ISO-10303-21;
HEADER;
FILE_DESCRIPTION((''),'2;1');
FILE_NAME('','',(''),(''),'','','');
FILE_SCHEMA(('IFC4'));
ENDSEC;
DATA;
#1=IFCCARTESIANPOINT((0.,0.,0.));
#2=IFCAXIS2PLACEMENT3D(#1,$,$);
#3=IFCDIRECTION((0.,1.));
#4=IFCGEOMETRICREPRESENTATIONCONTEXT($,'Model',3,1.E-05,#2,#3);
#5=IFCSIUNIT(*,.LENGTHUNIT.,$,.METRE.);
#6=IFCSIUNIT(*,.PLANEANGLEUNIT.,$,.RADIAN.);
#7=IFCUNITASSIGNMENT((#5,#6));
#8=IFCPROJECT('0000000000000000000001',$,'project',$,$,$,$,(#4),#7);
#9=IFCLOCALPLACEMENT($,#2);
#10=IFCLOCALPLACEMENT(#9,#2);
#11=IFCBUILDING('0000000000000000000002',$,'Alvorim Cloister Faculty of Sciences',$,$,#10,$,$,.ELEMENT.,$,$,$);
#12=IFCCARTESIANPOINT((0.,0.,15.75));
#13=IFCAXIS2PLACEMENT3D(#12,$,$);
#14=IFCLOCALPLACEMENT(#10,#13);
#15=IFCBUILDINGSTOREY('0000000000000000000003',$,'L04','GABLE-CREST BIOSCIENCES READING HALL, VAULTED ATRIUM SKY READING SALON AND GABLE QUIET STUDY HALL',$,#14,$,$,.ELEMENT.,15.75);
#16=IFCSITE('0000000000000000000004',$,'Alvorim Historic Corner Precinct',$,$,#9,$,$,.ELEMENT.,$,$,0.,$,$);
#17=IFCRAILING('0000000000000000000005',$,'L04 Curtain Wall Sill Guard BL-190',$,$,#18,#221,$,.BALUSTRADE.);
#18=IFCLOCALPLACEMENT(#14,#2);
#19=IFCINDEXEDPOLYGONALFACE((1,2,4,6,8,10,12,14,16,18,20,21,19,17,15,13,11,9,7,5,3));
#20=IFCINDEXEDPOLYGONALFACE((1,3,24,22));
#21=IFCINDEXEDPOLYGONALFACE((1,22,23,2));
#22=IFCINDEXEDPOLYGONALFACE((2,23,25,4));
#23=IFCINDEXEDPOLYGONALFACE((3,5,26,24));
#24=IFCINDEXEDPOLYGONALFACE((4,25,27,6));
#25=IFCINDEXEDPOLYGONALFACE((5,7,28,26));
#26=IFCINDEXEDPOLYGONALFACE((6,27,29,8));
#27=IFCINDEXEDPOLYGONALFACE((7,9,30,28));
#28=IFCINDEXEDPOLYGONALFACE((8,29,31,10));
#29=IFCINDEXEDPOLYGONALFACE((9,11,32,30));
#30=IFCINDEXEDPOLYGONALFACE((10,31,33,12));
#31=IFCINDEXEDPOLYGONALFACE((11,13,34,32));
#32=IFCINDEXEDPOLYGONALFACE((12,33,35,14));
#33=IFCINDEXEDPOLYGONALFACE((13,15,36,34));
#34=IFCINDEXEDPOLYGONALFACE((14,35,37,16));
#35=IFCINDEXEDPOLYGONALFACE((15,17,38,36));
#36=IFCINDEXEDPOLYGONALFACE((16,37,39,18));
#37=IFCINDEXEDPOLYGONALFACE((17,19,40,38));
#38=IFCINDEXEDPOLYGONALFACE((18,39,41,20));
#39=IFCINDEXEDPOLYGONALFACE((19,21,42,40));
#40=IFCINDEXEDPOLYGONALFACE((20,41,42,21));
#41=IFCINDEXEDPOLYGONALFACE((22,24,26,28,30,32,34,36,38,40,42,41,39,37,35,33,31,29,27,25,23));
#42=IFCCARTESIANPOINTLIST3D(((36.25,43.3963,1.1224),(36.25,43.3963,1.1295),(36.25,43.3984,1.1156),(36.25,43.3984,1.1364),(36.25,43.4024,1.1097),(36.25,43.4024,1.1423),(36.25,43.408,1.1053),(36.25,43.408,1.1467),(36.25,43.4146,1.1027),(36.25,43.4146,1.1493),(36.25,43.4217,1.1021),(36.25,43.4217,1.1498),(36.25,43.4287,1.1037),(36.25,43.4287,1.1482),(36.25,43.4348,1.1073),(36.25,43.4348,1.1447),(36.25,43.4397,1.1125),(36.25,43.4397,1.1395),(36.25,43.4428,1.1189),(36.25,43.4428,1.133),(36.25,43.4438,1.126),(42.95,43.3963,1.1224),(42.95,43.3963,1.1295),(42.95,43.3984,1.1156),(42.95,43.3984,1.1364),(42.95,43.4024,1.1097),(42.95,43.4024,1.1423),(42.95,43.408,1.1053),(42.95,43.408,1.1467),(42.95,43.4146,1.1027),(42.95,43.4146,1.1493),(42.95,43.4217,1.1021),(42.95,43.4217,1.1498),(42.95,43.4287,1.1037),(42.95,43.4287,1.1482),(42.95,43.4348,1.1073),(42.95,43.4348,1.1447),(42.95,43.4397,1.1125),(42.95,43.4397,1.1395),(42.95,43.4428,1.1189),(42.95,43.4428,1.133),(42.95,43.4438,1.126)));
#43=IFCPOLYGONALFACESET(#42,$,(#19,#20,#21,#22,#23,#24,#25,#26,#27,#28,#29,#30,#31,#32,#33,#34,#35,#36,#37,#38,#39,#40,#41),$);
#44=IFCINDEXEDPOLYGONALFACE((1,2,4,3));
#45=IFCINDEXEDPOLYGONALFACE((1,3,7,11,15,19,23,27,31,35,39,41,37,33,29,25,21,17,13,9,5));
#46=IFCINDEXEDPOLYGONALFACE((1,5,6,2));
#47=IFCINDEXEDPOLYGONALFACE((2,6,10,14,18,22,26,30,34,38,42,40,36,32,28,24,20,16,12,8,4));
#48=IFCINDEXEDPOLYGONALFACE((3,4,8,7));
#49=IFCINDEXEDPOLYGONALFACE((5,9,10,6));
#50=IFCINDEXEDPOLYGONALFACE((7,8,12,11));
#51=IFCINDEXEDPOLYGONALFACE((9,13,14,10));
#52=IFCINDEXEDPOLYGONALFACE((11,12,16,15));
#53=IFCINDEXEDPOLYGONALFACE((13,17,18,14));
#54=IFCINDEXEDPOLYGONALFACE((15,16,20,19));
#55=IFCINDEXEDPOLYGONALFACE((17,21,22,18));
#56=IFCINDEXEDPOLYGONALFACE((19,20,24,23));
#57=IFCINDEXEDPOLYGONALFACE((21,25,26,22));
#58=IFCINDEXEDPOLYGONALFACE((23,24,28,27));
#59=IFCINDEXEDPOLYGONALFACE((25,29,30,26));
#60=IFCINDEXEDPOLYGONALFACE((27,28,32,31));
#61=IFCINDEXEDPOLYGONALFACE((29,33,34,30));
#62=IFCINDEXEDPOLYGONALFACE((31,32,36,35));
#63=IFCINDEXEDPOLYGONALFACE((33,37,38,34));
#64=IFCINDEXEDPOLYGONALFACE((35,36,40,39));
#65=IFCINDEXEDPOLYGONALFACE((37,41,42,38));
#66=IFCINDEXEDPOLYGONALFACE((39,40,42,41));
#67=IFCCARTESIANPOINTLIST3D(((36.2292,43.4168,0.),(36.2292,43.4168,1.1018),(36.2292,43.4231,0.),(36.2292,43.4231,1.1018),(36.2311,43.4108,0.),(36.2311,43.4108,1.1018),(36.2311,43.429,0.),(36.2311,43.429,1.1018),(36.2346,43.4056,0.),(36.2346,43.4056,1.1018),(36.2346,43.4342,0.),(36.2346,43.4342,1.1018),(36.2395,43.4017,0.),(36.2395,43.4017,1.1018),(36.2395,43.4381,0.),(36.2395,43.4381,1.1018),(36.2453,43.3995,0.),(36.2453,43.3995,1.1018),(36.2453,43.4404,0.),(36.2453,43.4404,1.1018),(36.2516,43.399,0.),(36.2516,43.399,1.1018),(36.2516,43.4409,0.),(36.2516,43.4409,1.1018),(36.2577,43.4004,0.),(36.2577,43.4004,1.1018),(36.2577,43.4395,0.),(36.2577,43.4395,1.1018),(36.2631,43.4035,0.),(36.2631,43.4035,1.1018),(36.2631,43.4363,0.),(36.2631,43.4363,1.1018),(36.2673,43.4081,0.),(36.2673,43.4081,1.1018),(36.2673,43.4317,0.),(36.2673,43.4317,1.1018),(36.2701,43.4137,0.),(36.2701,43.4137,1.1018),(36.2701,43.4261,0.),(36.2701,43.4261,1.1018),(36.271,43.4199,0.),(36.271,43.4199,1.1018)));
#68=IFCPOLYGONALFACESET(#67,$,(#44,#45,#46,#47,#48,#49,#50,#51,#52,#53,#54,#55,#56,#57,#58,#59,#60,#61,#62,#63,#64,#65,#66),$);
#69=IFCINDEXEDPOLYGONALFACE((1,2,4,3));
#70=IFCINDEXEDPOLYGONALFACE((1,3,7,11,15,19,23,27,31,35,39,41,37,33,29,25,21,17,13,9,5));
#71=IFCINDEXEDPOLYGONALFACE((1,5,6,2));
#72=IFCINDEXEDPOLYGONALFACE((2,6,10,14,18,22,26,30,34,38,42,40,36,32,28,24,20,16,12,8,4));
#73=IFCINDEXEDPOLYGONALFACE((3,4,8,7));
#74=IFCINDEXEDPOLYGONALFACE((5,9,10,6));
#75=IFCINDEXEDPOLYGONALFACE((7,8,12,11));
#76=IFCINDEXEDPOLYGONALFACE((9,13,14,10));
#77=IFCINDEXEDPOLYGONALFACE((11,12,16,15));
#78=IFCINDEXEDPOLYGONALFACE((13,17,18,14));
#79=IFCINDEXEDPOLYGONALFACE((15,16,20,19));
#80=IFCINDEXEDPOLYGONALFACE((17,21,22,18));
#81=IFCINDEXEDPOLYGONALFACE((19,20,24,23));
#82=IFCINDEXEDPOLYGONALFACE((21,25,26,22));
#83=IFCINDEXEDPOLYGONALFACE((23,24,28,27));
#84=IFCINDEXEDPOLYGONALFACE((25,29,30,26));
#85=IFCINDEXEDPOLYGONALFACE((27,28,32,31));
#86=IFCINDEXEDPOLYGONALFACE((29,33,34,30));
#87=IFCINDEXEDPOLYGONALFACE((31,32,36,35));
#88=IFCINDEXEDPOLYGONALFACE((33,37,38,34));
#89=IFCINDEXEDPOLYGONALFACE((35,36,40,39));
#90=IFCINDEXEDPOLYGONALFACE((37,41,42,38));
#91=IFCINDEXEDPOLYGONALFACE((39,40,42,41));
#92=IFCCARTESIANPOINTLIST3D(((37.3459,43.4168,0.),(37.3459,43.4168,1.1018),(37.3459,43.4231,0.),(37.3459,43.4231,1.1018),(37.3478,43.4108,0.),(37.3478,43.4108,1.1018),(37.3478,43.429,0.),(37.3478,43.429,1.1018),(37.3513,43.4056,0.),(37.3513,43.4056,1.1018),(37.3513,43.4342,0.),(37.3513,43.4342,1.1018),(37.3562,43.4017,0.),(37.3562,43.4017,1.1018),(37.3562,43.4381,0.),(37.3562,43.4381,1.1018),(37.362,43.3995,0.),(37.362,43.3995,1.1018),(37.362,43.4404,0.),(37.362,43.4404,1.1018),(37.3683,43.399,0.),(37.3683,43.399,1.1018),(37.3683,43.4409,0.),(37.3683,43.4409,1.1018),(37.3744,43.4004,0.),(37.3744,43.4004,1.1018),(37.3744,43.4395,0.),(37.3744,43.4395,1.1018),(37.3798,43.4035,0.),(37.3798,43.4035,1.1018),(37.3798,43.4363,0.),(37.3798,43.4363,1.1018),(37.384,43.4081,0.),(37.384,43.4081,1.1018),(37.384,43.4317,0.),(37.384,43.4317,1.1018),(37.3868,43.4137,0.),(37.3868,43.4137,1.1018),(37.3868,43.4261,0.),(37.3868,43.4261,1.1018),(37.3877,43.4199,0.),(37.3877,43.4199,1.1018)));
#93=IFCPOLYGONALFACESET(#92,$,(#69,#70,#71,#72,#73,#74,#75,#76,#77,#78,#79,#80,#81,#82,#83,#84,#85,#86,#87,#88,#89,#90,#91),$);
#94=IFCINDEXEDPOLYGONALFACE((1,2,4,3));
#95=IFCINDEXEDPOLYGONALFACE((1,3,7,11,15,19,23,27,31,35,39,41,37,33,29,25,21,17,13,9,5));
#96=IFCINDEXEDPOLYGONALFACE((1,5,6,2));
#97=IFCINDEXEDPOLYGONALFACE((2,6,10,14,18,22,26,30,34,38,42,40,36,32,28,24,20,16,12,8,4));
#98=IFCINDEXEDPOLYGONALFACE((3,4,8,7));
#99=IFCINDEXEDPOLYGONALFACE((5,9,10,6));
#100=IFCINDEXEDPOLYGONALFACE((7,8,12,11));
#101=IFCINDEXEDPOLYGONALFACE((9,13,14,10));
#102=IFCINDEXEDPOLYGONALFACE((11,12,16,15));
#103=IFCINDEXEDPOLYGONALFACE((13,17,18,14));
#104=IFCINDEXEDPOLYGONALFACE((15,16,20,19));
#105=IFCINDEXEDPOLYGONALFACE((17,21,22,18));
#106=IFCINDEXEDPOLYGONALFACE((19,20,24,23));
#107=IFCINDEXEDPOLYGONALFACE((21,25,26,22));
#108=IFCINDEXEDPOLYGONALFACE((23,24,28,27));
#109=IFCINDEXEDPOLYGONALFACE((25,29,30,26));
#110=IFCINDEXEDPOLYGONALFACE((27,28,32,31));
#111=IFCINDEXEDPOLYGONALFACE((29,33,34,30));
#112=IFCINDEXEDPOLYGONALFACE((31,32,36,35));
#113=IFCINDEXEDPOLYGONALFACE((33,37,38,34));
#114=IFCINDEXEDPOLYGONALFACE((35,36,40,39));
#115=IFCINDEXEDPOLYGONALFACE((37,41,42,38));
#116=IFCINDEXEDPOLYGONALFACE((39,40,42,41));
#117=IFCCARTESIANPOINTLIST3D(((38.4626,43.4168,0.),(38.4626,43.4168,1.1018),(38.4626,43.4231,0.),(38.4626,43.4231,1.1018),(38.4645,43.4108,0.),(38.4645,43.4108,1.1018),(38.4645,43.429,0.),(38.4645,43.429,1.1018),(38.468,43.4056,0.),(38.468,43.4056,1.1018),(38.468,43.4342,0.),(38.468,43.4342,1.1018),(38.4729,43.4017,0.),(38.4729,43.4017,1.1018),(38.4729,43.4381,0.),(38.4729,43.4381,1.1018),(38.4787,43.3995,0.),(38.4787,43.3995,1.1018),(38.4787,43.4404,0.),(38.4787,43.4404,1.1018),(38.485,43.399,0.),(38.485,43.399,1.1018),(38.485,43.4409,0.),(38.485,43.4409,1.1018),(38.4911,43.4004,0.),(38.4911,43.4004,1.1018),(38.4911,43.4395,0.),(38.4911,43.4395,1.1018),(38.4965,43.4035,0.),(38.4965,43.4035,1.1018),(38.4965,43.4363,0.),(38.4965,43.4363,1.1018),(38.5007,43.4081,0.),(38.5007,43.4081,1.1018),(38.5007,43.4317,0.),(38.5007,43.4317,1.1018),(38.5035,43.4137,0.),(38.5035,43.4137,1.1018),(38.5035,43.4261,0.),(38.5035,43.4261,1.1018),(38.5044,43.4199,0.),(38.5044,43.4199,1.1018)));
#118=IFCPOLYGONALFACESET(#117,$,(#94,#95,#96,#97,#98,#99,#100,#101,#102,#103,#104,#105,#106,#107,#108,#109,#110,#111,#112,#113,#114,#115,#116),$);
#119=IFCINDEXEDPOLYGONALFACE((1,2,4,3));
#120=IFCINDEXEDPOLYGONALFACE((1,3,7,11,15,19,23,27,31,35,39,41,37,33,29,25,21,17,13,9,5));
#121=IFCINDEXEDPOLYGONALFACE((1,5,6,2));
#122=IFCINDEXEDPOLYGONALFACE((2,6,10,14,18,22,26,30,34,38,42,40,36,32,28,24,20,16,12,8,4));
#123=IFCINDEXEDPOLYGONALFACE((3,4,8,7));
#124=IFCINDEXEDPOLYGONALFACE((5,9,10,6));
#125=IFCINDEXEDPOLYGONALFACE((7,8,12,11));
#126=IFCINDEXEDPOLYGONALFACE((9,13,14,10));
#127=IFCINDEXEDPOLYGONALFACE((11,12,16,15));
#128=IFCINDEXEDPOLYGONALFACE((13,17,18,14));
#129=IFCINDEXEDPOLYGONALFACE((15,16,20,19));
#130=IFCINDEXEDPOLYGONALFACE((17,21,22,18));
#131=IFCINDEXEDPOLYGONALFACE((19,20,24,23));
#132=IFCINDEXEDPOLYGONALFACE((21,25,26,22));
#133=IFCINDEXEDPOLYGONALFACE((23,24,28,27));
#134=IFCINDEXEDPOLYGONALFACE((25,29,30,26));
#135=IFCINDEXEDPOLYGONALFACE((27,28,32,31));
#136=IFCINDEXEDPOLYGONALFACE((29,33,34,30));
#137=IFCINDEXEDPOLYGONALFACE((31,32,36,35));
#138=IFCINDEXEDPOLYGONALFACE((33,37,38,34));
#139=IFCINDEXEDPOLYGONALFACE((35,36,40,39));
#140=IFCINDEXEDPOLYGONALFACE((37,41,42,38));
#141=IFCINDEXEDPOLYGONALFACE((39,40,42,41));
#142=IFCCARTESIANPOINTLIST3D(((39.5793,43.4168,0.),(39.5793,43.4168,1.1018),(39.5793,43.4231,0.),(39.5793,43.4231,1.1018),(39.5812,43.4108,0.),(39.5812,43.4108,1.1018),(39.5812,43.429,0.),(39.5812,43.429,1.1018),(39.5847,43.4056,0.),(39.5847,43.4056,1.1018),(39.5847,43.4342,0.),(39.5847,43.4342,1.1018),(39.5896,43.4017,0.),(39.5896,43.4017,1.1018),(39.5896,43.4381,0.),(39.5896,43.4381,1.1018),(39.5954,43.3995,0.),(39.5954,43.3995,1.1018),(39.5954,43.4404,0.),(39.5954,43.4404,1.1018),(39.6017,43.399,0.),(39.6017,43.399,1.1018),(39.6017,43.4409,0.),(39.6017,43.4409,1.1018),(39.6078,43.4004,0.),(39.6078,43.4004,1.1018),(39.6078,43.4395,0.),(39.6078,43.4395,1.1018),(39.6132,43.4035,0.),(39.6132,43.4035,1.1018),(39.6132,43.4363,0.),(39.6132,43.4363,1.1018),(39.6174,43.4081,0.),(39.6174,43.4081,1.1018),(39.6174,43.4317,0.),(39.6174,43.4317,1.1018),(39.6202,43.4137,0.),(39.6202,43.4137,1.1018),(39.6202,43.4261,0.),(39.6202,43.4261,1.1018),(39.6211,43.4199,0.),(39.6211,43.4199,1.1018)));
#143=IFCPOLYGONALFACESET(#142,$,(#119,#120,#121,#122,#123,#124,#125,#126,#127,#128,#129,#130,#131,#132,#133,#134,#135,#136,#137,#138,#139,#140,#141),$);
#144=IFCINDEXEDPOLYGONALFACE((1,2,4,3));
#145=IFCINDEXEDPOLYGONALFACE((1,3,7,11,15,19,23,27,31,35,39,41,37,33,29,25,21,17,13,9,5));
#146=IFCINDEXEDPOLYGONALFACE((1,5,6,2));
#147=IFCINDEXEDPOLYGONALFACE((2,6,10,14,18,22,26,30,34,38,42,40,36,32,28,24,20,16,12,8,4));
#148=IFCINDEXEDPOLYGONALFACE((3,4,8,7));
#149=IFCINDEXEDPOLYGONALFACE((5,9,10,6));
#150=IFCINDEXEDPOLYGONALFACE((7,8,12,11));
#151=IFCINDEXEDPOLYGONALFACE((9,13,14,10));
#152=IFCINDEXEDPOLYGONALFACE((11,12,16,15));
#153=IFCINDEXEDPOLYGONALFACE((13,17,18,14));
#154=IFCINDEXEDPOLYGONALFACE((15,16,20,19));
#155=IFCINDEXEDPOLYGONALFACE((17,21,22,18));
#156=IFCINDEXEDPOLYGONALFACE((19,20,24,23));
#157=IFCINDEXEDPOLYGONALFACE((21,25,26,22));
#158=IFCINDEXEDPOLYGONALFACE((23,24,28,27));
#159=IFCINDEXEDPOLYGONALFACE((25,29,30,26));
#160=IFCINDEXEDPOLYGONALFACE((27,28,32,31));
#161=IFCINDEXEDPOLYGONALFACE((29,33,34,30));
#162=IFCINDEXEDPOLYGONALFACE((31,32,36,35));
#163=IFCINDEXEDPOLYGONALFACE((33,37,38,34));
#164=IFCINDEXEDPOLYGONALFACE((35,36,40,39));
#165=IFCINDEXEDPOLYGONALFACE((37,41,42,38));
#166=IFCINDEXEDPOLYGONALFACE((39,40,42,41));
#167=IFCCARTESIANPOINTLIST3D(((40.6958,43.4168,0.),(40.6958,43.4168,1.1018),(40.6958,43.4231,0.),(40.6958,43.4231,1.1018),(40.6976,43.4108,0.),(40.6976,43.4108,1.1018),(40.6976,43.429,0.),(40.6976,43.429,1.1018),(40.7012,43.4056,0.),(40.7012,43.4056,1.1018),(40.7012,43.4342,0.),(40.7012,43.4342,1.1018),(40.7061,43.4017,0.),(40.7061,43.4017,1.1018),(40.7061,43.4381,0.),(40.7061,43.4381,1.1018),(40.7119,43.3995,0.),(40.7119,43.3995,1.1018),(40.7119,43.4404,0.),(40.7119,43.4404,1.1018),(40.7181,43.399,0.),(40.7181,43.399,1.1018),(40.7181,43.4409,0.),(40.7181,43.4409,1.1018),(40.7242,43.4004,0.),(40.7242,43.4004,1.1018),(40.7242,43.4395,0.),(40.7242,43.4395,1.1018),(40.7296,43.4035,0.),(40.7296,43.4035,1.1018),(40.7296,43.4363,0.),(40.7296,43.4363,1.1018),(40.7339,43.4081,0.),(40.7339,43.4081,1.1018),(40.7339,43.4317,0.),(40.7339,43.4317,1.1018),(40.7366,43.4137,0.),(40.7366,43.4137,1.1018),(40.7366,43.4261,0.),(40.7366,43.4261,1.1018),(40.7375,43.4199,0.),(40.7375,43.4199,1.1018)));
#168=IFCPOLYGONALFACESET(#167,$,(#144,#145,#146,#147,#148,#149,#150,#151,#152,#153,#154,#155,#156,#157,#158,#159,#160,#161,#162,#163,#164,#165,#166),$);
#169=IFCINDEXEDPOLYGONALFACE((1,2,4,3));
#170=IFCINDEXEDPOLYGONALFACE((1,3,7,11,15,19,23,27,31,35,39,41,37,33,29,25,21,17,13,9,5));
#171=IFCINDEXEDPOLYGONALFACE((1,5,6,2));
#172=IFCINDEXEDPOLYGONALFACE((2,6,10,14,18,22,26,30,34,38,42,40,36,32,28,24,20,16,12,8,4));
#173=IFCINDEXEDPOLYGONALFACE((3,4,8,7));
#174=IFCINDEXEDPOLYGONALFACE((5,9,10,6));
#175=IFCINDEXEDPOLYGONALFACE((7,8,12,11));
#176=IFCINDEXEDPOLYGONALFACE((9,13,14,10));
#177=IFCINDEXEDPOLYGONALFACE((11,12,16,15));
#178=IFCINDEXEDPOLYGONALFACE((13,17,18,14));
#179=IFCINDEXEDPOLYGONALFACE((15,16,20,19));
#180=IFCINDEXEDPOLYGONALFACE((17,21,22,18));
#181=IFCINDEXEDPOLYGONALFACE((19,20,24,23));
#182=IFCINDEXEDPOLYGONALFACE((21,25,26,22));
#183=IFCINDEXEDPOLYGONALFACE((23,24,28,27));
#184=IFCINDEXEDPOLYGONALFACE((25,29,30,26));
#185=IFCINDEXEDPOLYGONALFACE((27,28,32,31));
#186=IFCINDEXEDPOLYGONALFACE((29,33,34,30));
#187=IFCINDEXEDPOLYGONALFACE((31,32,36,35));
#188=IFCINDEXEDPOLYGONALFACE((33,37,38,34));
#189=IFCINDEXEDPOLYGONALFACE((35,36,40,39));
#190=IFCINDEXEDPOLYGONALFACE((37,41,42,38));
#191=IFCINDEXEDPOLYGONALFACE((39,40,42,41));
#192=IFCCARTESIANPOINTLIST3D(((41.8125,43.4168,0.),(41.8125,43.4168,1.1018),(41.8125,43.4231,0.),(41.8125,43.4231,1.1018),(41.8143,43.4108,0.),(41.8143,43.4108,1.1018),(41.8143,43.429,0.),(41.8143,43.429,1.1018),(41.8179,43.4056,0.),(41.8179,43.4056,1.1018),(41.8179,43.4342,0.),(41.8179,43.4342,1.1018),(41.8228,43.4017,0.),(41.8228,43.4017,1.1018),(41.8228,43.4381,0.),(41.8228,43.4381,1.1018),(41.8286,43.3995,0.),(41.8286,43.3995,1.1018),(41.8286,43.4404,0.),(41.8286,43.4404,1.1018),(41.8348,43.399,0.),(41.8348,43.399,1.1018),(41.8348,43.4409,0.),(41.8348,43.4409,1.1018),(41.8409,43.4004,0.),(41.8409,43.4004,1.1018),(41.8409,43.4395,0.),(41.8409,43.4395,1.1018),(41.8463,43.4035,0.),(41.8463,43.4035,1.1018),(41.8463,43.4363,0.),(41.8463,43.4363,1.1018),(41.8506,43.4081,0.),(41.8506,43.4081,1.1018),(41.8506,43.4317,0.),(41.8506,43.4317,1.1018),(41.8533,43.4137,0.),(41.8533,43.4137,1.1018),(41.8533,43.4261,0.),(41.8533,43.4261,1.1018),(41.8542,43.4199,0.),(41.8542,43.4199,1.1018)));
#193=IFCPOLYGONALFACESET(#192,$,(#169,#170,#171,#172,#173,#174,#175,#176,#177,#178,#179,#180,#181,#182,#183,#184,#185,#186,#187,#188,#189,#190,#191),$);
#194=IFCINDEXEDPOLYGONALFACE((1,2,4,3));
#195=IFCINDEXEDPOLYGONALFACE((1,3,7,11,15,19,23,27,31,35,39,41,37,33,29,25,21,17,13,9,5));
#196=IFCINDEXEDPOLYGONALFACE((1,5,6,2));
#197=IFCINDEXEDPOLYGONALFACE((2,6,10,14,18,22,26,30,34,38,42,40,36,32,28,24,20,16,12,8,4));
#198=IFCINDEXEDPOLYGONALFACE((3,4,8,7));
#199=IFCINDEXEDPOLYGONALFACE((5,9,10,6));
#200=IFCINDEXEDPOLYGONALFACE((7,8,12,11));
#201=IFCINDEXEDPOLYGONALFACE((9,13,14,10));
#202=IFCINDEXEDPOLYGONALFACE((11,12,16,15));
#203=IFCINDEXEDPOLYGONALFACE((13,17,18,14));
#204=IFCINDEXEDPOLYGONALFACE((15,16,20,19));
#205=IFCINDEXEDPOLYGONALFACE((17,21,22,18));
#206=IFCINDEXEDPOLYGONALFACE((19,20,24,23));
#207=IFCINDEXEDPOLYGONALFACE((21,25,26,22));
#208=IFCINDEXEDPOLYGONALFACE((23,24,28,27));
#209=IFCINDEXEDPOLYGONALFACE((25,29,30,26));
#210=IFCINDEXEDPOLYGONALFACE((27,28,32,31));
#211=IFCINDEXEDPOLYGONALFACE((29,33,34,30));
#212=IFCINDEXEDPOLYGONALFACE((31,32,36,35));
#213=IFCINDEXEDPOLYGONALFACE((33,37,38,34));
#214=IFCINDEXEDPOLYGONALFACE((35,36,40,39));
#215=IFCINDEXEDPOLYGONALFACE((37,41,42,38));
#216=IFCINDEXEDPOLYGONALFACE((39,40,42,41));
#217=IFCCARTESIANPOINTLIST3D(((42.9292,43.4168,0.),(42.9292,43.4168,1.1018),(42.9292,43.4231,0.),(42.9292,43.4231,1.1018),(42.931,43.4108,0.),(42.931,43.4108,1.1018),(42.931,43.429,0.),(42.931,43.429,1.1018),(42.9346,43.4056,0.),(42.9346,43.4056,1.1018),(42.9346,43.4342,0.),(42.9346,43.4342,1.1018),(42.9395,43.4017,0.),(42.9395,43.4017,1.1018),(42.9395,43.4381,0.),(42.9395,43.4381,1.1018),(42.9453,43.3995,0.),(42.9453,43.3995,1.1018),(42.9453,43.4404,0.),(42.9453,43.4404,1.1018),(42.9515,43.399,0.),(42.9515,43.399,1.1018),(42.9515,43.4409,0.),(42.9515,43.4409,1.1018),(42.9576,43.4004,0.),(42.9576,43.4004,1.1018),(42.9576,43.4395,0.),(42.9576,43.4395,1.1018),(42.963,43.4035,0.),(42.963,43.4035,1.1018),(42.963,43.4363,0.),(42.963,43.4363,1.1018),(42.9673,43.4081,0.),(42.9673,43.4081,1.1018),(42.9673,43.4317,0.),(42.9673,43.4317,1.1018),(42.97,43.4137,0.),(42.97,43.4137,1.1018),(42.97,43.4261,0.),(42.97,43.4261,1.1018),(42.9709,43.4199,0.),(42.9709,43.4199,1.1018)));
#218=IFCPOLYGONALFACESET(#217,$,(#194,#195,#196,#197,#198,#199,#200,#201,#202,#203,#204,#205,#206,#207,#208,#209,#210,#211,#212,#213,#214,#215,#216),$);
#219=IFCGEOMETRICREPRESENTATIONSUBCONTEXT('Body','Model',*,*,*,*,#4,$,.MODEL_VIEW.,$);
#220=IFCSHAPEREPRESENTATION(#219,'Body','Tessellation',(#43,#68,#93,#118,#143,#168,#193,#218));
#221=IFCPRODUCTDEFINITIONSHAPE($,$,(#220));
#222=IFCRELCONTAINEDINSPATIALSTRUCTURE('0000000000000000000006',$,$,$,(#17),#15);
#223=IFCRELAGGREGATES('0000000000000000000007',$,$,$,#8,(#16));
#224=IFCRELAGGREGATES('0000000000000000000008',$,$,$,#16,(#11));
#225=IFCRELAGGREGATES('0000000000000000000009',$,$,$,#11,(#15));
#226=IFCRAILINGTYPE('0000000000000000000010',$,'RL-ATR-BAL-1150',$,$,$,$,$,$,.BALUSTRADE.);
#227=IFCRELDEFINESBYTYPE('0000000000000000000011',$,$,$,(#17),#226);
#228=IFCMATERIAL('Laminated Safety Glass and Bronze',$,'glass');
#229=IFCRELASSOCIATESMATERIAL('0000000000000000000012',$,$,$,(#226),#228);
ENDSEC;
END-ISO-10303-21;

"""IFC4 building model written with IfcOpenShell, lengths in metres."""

from ifc_helpers import new_model, si_unit, direction, frame, origin, origin_2d, place, context, subcontext, project, spatial, circle, extrude, material, type_object, element, save


model = new_model("IFC4")

# Units and contexts
model_context = context("Model", 3, precision=1e-05, world=origin(), true_north=direction((0.0, 1.0)))
body_context = subcontext(model_context, "Body", "Model", "MODEL_VIEW")
ifc_project = project(units=[si_unit("LENGTHUNIT", "METRE"), si_unit("PLANEANGLEUNIT", "RADIAN")], contexts=[model_context])

# Site, building, storey
site_placement = place(None, origin())
site = spatial("IfcSite", under=ifc_project, at=site_placement, Name="Alvorim Historic Corner Precinct", CompositionType="ELEMENT", RefElevation=0.0)
building_placement = place(site_placement, origin())
building = spatial("IfcBuilding", under=site, at=building_placement, Name="Alvorim Cloister Faculty of Sciences", CompositionType="ELEMENT")
storey_placement = place(building_placement, frame((0.0, 0.0, 15.75)))
storey = spatial("IfcBuildingStorey", under=building, at=storey_placement, Name="L04", Description="GABLE-CREST BIOSCIENCES READING HALL, VAULTED ATRIUM SKY READING SALON AND GABLE QUIET STUDY HALL", CompositionType="ELEMENT", Elevation=15.75)

# Railing
ifc_material_1 = material(Name="Laminated Safety Glass and Bronze", Category="glass")
railing_type = type_object("IfcRailingType", Name="RL-ATR-BAL-1150", PredefinedType="BALUSTRADE", material=ifc_material_1)
railing_placement = place(storey_placement, frame((36.25, 43.4199, 0.0)))
element("IfcRailing", 1, at=railing_placement, inside=storey, type_object=railing_type, Name="L04 Curtain Wall Sill Guard BL-190", PredefinedType="BALUSTRADE", context=body_context, shape_type="SweptSolid", body=[
    extrude(circle(Radius=0.0239, at=origin_2d()), frame((0.0, 0.0, 1.126), z_axis=(1.0, 0.0, 0.0), x_axis=(0.0, 1.0, 0.0)), (0.0, 0.0, 1.0), 6.7),
    extrude(circle(Radius=0.021, at=origin_2d()), origin(), (0.0, 0.0, 1.0), 1.1018),
    extrude(circle(Radius=0.021, at=origin_2d()), frame((1.1167, 0.0, 0.0)), (0.0, 0.0, 1.0), 1.1018),
    extrude(circle(Radius=0.021, at=origin_2d()), frame((2.2334, 0.0, 0.0)), (0.0, 0.0, 1.0), 1.1018),
    extrude(circle(Radius=0.021, at=origin_2d()), frame((3.3501, 0.0, 0.0)), (0.0, 0.0, 1.0), 1.1018),
    extrude(circle(Radius=0.021, at=origin_2d()), frame((4.4666, 0.0, 0.0)), (0.0, 0.0, 1.0), 1.1018),
    extrude(circle(Radius=0.021, at=origin_2d()), frame((5.5833, 0.0, 0.0)), (0.0, 0.0, 1.0), 1.1018),
    extrude(circle(Radius=0.021, at=origin_2d()), frame((6.7, 0.0, 0.0)), (0.0, 0.0, 1.0), 1.1018),
])

save(model, "model.ifc")
